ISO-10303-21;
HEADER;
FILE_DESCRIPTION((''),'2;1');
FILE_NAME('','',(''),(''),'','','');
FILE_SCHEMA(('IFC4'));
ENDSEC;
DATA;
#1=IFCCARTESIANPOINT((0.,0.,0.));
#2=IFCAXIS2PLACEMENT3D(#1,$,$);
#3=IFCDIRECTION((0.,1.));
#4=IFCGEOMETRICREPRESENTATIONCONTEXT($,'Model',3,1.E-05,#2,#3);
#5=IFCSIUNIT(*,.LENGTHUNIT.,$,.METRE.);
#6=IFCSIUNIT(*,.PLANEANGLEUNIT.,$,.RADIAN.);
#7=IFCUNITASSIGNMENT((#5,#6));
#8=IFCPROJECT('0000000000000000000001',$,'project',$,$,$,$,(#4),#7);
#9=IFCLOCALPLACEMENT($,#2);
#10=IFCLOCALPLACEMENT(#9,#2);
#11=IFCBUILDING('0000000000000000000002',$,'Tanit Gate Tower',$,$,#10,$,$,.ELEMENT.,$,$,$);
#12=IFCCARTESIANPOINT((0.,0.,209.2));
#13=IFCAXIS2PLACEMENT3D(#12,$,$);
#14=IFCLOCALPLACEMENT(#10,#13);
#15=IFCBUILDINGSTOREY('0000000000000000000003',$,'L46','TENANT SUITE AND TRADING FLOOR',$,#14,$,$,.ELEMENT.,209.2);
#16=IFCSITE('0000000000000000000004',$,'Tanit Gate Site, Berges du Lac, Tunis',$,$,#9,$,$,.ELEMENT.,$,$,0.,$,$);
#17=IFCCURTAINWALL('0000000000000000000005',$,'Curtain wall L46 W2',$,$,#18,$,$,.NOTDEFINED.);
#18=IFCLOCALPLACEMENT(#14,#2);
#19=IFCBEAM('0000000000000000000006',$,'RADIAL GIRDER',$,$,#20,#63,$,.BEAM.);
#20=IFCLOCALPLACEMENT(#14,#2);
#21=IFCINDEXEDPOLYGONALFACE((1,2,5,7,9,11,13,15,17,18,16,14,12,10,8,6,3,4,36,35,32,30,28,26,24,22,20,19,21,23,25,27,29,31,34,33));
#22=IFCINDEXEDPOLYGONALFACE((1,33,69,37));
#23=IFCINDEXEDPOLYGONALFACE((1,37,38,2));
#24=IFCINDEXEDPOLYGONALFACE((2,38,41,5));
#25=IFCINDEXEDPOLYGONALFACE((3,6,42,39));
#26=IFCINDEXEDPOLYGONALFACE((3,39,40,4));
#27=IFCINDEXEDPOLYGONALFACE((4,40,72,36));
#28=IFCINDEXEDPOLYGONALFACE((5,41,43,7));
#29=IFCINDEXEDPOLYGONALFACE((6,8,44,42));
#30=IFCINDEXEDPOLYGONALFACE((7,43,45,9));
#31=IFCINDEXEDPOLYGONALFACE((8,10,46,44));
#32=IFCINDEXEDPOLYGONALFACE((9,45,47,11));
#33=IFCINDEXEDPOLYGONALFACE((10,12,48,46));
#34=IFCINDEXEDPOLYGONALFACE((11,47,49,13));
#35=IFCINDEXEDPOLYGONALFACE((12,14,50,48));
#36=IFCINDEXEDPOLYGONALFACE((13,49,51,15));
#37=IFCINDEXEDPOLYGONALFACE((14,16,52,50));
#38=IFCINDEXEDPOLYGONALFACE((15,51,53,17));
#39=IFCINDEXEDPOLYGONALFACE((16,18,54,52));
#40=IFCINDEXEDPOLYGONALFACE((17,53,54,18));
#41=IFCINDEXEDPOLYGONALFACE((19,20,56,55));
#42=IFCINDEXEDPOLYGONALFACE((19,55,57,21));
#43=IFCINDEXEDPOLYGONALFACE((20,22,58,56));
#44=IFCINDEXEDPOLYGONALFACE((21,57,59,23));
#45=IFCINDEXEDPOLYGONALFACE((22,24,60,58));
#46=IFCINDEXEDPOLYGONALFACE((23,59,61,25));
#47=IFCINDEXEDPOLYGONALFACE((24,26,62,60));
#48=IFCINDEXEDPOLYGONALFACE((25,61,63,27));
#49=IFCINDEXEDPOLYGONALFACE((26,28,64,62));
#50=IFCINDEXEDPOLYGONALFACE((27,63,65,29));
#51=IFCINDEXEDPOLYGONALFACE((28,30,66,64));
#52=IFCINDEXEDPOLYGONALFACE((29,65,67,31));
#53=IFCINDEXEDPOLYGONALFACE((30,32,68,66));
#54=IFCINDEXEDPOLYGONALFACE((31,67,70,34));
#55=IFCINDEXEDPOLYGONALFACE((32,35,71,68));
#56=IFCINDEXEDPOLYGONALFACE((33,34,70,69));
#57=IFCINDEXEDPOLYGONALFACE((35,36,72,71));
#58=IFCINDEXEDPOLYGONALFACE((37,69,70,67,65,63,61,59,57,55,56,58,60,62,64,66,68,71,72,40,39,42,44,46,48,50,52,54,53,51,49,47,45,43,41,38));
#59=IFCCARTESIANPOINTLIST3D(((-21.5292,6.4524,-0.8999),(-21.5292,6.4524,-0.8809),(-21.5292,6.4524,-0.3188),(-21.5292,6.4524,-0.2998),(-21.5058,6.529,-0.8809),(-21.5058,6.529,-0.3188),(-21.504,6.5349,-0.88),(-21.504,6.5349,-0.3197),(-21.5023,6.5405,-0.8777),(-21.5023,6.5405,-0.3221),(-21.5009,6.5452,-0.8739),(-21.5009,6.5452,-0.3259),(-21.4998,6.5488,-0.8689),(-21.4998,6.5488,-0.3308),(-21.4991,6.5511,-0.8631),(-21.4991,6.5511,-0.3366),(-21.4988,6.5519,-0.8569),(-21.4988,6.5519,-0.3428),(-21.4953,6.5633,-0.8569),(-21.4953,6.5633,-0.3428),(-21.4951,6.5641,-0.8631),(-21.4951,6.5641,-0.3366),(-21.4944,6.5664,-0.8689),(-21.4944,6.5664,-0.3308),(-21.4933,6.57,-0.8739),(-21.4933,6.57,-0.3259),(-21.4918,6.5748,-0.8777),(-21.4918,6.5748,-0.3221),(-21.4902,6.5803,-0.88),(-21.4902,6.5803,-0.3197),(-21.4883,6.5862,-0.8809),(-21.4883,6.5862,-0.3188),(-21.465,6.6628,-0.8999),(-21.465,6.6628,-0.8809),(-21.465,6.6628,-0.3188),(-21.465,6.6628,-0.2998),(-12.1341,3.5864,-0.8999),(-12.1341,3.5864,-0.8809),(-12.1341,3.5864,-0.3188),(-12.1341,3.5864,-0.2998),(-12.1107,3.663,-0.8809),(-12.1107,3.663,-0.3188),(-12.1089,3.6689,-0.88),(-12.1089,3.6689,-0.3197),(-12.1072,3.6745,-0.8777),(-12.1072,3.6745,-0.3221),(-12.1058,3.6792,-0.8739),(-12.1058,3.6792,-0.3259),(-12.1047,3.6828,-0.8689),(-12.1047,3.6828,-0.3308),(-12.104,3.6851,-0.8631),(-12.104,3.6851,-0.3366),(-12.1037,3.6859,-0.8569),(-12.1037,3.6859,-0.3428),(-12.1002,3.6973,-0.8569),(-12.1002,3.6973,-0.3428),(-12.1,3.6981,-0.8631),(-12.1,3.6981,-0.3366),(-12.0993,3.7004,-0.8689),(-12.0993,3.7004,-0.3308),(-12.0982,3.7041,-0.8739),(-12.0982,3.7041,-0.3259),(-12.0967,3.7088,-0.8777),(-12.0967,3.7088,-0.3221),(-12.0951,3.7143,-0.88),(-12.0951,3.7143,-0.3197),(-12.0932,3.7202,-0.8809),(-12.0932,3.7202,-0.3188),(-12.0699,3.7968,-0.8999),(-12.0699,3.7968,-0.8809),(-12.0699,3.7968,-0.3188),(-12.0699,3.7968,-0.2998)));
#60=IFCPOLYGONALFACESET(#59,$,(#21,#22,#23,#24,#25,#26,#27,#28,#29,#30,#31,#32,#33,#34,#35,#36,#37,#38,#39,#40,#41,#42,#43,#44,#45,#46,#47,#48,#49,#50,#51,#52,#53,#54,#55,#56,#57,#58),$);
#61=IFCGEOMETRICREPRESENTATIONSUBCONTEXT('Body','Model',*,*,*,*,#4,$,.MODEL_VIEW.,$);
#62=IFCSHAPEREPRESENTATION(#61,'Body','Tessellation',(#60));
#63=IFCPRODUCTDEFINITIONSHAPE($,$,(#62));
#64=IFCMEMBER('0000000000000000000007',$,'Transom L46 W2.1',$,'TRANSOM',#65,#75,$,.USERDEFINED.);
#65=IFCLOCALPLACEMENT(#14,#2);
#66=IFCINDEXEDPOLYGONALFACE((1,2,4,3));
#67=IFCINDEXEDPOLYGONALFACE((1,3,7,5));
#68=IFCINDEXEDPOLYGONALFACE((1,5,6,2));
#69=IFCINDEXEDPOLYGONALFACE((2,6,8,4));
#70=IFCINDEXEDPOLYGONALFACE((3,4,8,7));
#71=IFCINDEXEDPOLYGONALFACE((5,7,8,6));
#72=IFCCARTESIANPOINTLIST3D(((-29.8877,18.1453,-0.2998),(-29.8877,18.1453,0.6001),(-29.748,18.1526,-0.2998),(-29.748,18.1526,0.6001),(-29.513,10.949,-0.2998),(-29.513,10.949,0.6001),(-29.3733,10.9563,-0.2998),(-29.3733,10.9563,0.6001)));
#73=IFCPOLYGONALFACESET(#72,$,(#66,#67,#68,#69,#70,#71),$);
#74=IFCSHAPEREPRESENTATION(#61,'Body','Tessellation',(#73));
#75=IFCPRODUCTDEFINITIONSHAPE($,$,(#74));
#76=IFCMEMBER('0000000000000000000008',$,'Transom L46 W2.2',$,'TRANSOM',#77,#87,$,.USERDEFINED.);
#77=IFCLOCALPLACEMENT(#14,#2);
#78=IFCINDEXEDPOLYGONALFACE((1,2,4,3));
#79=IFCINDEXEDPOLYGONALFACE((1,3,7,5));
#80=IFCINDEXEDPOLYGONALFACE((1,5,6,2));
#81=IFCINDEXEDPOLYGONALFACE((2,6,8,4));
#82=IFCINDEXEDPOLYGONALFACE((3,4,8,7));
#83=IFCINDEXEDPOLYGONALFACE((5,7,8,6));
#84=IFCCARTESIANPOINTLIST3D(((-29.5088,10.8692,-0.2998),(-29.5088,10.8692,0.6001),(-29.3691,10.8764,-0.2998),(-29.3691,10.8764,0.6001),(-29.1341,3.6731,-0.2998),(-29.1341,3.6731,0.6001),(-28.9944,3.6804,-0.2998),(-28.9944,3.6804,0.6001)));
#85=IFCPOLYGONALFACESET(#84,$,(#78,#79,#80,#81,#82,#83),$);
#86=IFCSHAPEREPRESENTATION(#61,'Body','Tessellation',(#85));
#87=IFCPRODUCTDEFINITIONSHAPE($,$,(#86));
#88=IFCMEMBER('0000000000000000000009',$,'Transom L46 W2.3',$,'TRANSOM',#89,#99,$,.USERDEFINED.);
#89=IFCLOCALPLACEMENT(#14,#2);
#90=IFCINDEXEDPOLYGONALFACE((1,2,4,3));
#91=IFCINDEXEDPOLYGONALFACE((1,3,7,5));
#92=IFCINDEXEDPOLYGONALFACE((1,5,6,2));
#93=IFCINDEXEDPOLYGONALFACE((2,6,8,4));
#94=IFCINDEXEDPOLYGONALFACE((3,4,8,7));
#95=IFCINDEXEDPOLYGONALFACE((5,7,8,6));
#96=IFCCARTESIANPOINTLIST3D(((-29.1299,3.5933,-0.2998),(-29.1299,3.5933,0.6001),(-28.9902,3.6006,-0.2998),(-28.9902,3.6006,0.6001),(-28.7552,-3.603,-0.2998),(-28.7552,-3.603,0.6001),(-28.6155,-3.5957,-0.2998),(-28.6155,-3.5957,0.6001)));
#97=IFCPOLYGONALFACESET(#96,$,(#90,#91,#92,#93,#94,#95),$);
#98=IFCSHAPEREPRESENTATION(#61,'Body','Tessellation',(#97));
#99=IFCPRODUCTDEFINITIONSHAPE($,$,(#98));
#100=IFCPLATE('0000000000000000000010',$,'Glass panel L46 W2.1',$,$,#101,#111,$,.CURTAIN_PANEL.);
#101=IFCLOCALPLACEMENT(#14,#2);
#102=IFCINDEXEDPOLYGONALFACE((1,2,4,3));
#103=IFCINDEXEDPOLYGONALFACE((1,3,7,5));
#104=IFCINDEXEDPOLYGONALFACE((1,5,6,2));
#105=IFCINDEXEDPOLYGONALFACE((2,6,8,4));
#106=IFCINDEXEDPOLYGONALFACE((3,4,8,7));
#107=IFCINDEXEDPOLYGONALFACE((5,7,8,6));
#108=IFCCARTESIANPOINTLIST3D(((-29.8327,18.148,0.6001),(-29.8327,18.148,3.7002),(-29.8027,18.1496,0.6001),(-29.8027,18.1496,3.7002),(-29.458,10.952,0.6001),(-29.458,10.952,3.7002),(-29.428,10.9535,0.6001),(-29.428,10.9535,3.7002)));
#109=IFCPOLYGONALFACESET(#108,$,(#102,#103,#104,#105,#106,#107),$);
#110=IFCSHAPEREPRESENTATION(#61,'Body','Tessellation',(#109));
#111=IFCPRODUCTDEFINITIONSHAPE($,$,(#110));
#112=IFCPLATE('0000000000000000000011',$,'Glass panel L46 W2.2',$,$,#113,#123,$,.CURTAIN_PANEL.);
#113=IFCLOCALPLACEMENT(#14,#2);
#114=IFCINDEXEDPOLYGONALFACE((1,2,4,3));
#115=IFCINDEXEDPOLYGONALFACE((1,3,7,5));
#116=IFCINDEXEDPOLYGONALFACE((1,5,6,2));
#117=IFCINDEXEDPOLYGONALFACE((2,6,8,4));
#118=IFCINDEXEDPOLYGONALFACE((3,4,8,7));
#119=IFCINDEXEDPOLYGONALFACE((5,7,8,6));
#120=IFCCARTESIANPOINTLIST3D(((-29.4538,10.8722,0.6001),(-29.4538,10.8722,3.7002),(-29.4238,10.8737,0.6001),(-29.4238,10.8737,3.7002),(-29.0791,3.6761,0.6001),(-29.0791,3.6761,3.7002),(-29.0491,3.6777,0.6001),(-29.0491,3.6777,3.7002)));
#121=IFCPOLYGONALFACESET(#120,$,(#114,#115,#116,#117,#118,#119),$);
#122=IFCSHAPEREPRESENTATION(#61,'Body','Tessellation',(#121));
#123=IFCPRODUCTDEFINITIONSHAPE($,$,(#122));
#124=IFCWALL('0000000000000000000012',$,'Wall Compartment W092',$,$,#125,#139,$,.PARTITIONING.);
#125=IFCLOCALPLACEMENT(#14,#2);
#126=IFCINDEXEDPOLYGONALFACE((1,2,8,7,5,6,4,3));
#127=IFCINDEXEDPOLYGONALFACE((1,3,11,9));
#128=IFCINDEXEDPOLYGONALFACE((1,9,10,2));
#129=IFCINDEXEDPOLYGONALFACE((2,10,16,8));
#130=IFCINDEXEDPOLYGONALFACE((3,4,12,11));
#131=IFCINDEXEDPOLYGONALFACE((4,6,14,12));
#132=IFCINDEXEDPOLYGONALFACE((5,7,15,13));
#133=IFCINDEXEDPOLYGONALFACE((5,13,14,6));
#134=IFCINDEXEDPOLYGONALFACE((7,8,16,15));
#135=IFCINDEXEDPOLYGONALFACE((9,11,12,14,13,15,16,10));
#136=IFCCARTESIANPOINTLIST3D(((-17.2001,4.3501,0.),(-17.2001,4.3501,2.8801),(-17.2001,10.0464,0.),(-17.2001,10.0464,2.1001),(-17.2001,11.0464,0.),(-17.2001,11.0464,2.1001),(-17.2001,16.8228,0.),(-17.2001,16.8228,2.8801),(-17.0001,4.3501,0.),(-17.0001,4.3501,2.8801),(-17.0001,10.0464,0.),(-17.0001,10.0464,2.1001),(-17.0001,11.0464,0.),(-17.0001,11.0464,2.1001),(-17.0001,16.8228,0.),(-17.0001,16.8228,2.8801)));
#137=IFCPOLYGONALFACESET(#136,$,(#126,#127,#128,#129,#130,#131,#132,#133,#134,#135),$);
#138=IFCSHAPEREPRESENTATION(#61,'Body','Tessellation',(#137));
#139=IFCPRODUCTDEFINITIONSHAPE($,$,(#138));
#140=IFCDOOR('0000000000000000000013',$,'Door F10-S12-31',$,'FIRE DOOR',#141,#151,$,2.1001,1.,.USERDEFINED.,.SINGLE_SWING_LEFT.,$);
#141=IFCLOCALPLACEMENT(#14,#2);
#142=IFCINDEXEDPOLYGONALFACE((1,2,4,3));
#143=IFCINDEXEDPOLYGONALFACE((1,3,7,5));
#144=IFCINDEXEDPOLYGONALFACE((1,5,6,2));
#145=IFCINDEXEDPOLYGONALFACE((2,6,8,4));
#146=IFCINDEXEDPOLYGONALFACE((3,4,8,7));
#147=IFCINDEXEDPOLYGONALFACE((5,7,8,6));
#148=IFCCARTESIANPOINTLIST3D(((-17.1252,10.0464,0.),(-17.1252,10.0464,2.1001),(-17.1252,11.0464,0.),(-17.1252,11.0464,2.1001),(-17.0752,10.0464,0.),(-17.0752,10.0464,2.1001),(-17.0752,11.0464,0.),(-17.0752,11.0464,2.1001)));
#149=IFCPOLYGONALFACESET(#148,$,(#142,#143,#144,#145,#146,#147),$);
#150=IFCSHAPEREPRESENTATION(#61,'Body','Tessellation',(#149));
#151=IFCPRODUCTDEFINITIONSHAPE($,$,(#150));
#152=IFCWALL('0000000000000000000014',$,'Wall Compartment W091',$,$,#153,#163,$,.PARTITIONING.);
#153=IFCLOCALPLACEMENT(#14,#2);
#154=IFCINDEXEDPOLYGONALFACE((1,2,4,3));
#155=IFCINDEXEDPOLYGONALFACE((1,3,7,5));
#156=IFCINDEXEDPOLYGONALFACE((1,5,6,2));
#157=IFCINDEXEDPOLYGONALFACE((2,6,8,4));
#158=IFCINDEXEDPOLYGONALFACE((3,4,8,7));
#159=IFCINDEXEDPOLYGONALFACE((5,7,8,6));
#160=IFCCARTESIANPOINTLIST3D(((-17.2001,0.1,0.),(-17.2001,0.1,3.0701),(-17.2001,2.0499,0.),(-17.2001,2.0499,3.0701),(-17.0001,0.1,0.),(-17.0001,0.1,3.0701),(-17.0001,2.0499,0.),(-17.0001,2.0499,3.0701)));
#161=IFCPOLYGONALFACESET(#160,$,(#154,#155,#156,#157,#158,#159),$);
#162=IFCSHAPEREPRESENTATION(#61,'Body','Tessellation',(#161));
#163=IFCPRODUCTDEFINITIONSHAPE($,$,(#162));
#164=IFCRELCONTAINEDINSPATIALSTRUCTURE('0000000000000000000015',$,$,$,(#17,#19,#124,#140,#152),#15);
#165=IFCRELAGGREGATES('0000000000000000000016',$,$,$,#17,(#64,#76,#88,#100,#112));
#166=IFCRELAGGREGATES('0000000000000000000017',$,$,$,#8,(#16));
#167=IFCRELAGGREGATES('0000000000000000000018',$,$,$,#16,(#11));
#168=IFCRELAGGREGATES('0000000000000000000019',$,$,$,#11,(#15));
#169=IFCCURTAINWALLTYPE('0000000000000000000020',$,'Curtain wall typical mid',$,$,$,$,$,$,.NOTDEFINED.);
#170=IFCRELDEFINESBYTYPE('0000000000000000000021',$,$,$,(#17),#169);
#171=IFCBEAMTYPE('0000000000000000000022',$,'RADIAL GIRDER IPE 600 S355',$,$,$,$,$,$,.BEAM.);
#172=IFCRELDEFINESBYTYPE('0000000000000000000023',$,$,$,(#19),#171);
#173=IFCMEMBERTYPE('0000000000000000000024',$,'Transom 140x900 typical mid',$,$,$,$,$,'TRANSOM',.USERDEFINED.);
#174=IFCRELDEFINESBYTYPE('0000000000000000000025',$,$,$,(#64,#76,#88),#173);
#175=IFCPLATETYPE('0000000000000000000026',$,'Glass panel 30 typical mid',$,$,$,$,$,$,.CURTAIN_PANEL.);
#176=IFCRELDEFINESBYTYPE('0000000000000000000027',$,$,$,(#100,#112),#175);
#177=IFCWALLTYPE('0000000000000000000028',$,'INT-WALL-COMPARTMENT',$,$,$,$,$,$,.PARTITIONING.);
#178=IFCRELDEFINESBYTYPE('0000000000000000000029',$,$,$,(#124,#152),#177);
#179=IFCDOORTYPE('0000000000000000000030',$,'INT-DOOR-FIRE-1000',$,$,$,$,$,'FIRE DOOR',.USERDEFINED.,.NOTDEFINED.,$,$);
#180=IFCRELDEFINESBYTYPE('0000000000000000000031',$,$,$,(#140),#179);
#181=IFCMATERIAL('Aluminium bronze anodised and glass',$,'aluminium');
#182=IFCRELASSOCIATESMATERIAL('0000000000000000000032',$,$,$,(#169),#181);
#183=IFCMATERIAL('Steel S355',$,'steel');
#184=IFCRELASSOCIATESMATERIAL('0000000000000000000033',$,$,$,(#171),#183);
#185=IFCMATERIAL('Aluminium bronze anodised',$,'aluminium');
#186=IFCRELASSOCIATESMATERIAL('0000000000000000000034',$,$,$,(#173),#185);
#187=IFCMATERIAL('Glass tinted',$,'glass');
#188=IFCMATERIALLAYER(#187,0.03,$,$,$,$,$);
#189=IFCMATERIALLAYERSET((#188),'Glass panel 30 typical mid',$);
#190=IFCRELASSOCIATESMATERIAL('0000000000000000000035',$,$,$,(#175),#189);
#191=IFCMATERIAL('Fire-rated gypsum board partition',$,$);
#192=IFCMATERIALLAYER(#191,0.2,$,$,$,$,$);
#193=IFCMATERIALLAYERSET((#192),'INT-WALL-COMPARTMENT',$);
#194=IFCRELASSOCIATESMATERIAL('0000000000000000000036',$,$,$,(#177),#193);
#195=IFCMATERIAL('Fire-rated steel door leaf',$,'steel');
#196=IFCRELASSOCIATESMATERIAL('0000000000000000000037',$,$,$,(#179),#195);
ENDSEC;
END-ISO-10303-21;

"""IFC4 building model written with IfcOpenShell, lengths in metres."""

from ifc_helpers import new_model, si_unit, direction, frame, frame_2d, origin, origin_2d, place, context, subcontext, project, spatial, rectangle, i_section, extrude, material, layer, layer_set, material_profile, profile_set, type_object, element, fill, aggregate, save


model = new_model("IFC4")

# Units and contexts
model_context = context("Model", 3, precision=1e-05, world=origin(), true_north=direction((0.0, 1.0)))
body_context = subcontext(model_context, "Body", "Model", "MODEL_VIEW")
ifc_project = project(units=[si_unit("LENGTHUNIT", "METRE"), si_unit("PLANEANGLEUNIT", "RADIAN")], contexts=[model_context])

# Site, building, storey
site_placement = place(None, origin())
site = spatial("IfcSite", under=ifc_project, at=site_placement, Name="Tanit Gate Site, Berges du Lac, Tunis", CompositionType="ELEMENT", RefElevation=0.0)
building_placement = place(site_placement, origin())
building = spatial("IfcBuilding", under=site, at=building_placement, Name="Tanit Gate Tower", CompositionType="ELEMENT")
storey_placement = place(building_placement, frame((0.0, 0.0, 209.2)))
storey = spatial("IfcBuildingStorey", under=building, at=storey_placement, Name="L46", Description="TENANT SUITE AND TRADING FLOOR", CompositionType="ELEMENT", Elevation=209.2)

# Curtain wall
ifc_material_1 = material(Name="Aluminium bronze anodised and glass", Category="aluminium")
curtain_wall_type = type_object("IfcCurtainWallType", Name="Curtain wall typical mid", PredefinedType="NOTDEFINED", material=ifc_material_1)
curtain_wall_1_placement = place(storey_placement, origin())
curtain_wall_1 = element("IfcCurtainWall", 1, at=curtain_wall_1_placement, inside=storey, type_object=curtain_wall_type, Name="Curtain wall L46 W2", PredefinedType="NOTDEFINED")

# Beam
ifc_material_2 = material(Name="Steel S355", Category="steel")
ifc_material_profile_1 = material_profile(ifc_material_2, i_section(OverallWidth=0.22, OverallDepth=0.6001, WebThickness=0.012, FlangeThickness=0.019, FilletRadius=0.0239, at=origin_2d()), Name="IPE 600")
ifc_profile_set_1 = profile_set([ifc_material_profile_1], Name="Steel S355")
beam_type_1 = type_object("IfcBeamType", Name="RADIAL GIRDER IPE 600 S355", PredefinedType="BEAM", material=ifc_profile_set_1)
beam_1_placement = place(storey_placement, frame((-21.4971, 6.5576, -0.5999), z_axis=(0.956486, -0.291778, 0.0), x_axis=(0.291778, 0.956486, 0.0)))
element("IfcBeam", 2, at=beam_1_placement, inside=storey, type_object=beam_type_1, Name="RADIAL GIRDER", PredefinedType="BEAM", context=body_context, shape_type="SweptSolid", body=[
    extrude(i_section(OverallWidth=0.22, OverallDepth=0.6001, WebThickness=0.012, FlangeThickness=0.019, FilletRadius=0.0239, at=origin_2d()), origin(), (0.0, 0.0, 1.0), 9.8225),
])

# Members
ifc_material_3 = material(Name="Aluminium bronze anodised", Category="aluminium")
ifc_material_profile_2 = material_profile(ifc_material_3, rectangle(XDim=0.1399, YDim=0.8999, at=origin_2d()), Name="140x900 bronze transom")
ifc_profile_set_2 = profile_set([ifc_material_profile_2], Name="Aluminium bronze anodised")
member_type_1 = type_object("IfcMemberType", Name="Transom 140x900 typical mid", ElementType="TRANSOM", PredefinedType="USERDEFINED", material=ifc_profile_set_2)
member_1_placement = place(storey_placement, frame((-29.8179, 18.1489, 0.1501), z_axis=(0.052006, -0.998647, 0.0), x_axis=(0.998647, 0.052006, 0.0)))
member_1 = element("IfcMember", 3, at=member_1_placement, type_object=member_type_1, Name="Transom L46 W2.1", ObjectType="TRANSOM", PredefinedType="USERDEFINED", context=body_context, shape_type="SweptSolid", body=[
    extrude(rectangle(XDim=0.1399, YDim=0.8999, at=origin_2d()), origin(), (0.0, 0.0, 1.0), 7.2061),
])
member_2_placement = place(storey_placement, frame((-29.439, 10.8728, 0.1501), z_axis=(0.052008, -0.998647, 0.0), x_axis=(0.998647, 0.052008, 0.0)))
member_2 = element("IfcMember", 4, at=member_2_placement, type_object=member_type_1, Name="Transom L46 W2.2", ObjectType="TRANSOM", PredefinedType="USERDEFINED", context=body_context, shape_type="SweptSolid", body=[
    extrude(rectangle(XDim=0.1399, YDim=0.8999, at=origin_2d()), origin(), (0.0, 0.0, 1.0), 7.2058),
])
member_3_placement = place(storey_placement, frame((-29.0601, 3.5969, 0.1501), z_axis=(0.052006, -0.998647, 0.0), x_axis=(0.998647, 0.052006, 0.0)))
member_3 = element("IfcMember", 5, at=member_3_placement, type_object=member_type_1, Name="Transom L46 W2.3", ObjectType="TRANSOM", PredefinedType="USERDEFINED", context=body_context, shape_type="SweptSolid", body=[
    extrude(rectangle(XDim=0.1399, YDim=0.8999, at=origin_2d()), origin(), (0.0, 0.0, 1.0), 7.2061),
])

# Plates
ifc_material_4 = material(Name="Glass tinted", Category="glass")
ifc_layer_1 = layer(ifc_material_4, 0.03)
ifc_layer_set_1 = layer_set([ifc_layer_1], Name="Glass panel 30 typical mid")
plate_type = type_object("IfcPlateType", Name="Glass panel 30 typical mid", PredefinedType="CURTAIN_PANEL", material=ifc_layer_set_1)
plate_1_placement = place(storey_placement, frame((-29.6304, 14.5508, 0.6001), z_axis=(0.0, 0.0, 1.0), x_axis=(0.052003, -0.998647, 0.0)))
plate_1 = element("IfcPlate", 6, at=plate_1_placement, type_object=plate_type, Name="Glass panel L46 W2.1", PredefinedType="CURTAIN_PANEL", context=body_context, shape_type="SweptSolid", body=[
    extrude(rectangle(XDim=7.2058, YDim=0.03, at=origin_2d()), origin(), (0.0, 0.0, 1.0), 3.1001),
])
plate_2_placement = place(storey_placement, frame((-29.2515, 7.2749, 0.6001), z_axis=(0.0, 0.0, 1.0), x_axis=(0.052003, -0.998647, 0.0)))
plate_2 = element("IfcPlate", 7, at=plate_2_placement, type_object=plate_type, Name="Glass panel L46 W2.2", PredefinedType="CURTAIN_PANEL", context=body_context, shape_type="SweptSolid", body=[
    extrude(rectangle(XDim=7.2058, YDim=0.03, at=origin_2d()), origin(), (0.0, 0.0, 1.0), 3.1001),
])
aggregate(curtain_wall_1, [member_1, member_2, member_3, plate_1, plate_2])

# Wall, opening, door
ifc_material_5 = material(Name="Fire-rated gypsum board partition")
ifc_layer_2 = layer(ifc_material_5, 0.2)
ifc_layer_set_2 = layer_set([ifc_layer_2], Name="INT-WALL-COMPARTMENT")
wall_type_1 = type_object("IfcWallType", Name="INT-WALL-COMPARTMENT", PredefinedType="PARTITIONING", material=ifc_layer_set_2)
wall_1_placement = place(storey_placement, frame((-17.1001, 16.8228, 0.0), z_axis=(0.0, 0.0, 1.0), x_axis=(0.0, -1.0, 0.0)))
wall_1 = element("IfcWall", 8, at=wall_1_placement, inside=storey, type_object=wall_type_1, Name="Wall Compartment W092", PredefinedType="PARTITIONING", context=body_context, shape_type="SweptSolid", body=[
    extrude(rectangle(XDim=12.4727, YDim=0.2, at=frame_2d((6.2363, 0.0))), origin(), (0.0, 0.0, 1.0), 2.8801),
])
opening_1_placement = place(wall_1_placement, frame((5.7764, 0.0, 0.0)))
opening_1 = element("IfcOpeningElement", 9, at=opening_1_placement, cuts=wall_1, PredefinedType="OPENING", context=body_context, shape_type="SweptSolid", body=[
    extrude(rectangle(XDim=1.0, YDim=2.1001, at=frame_2d((0.5, 1.05))), frame((0.0, 0.1099, 0.0), z_axis=(0.0, -1.0, 0.0), x_axis=(1.0, 0.0, 0.0)), (0.0, 0.0, 1.0), 0.22),
])
ifc_material_6 = material(Name="Fire-rated steel door leaf", Category="steel")
door_type_1 = type_object("IfcDoorType", Name="INT-DOOR-FIRE-1000", ElementType="FIRE DOOR", OperationType="NOTDEFINED", PredefinedType="USERDEFINED", material=ifc_material_6)
door_1_placement = place(opening_1_placement, origin())
door_1 = element("IfcDoor", 10, at=door_1_placement, inside=storey, type_object=door_type_1, Name="Door F10-S12-31", ObjectType="FIRE DOOR", OperationType="SINGLE_SWING_LEFT", OverallHeight=2.1001, OverallWidth=1.0, PredefinedType="USERDEFINED", context=body_context, shape_type="SweptSolid", body=[
    extrude(rectangle(XDim=1.0, YDim=2.1001, at=frame_2d((0.5, 1.05))), frame((0.0, 0.0249, 0.0), z_axis=(0.0, -1.0, 0.0), x_axis=(1.0, 0.0, 0.0)), (0.0, 0.0, 1.0), 0.05),
])
fill(opening_1, door_1)

# Wall
wall_2_placement = place(storey_placement, frame((-17.1001, 2.05, 0.0), z_axis=(0.0, 0.0, 1.0), x_axis=(0.0, -1.0, 0.0)))
element("IfcWall", 11, at=wall_2_placement, inside=storey, type_object=wall_type_1, Name="Wall Compartment W091", PredefinedType="PARTITIONING", context=body_context, shape_type="SweptSolid", body=[
    extrude(rectangle(XDim=1.95, YDim=0.2, at=frame_2d((0.9751, 0.0))), origin(), (0.0, 0.0, 1.0), 3.0701),
])

save(model, "model.ifc")
